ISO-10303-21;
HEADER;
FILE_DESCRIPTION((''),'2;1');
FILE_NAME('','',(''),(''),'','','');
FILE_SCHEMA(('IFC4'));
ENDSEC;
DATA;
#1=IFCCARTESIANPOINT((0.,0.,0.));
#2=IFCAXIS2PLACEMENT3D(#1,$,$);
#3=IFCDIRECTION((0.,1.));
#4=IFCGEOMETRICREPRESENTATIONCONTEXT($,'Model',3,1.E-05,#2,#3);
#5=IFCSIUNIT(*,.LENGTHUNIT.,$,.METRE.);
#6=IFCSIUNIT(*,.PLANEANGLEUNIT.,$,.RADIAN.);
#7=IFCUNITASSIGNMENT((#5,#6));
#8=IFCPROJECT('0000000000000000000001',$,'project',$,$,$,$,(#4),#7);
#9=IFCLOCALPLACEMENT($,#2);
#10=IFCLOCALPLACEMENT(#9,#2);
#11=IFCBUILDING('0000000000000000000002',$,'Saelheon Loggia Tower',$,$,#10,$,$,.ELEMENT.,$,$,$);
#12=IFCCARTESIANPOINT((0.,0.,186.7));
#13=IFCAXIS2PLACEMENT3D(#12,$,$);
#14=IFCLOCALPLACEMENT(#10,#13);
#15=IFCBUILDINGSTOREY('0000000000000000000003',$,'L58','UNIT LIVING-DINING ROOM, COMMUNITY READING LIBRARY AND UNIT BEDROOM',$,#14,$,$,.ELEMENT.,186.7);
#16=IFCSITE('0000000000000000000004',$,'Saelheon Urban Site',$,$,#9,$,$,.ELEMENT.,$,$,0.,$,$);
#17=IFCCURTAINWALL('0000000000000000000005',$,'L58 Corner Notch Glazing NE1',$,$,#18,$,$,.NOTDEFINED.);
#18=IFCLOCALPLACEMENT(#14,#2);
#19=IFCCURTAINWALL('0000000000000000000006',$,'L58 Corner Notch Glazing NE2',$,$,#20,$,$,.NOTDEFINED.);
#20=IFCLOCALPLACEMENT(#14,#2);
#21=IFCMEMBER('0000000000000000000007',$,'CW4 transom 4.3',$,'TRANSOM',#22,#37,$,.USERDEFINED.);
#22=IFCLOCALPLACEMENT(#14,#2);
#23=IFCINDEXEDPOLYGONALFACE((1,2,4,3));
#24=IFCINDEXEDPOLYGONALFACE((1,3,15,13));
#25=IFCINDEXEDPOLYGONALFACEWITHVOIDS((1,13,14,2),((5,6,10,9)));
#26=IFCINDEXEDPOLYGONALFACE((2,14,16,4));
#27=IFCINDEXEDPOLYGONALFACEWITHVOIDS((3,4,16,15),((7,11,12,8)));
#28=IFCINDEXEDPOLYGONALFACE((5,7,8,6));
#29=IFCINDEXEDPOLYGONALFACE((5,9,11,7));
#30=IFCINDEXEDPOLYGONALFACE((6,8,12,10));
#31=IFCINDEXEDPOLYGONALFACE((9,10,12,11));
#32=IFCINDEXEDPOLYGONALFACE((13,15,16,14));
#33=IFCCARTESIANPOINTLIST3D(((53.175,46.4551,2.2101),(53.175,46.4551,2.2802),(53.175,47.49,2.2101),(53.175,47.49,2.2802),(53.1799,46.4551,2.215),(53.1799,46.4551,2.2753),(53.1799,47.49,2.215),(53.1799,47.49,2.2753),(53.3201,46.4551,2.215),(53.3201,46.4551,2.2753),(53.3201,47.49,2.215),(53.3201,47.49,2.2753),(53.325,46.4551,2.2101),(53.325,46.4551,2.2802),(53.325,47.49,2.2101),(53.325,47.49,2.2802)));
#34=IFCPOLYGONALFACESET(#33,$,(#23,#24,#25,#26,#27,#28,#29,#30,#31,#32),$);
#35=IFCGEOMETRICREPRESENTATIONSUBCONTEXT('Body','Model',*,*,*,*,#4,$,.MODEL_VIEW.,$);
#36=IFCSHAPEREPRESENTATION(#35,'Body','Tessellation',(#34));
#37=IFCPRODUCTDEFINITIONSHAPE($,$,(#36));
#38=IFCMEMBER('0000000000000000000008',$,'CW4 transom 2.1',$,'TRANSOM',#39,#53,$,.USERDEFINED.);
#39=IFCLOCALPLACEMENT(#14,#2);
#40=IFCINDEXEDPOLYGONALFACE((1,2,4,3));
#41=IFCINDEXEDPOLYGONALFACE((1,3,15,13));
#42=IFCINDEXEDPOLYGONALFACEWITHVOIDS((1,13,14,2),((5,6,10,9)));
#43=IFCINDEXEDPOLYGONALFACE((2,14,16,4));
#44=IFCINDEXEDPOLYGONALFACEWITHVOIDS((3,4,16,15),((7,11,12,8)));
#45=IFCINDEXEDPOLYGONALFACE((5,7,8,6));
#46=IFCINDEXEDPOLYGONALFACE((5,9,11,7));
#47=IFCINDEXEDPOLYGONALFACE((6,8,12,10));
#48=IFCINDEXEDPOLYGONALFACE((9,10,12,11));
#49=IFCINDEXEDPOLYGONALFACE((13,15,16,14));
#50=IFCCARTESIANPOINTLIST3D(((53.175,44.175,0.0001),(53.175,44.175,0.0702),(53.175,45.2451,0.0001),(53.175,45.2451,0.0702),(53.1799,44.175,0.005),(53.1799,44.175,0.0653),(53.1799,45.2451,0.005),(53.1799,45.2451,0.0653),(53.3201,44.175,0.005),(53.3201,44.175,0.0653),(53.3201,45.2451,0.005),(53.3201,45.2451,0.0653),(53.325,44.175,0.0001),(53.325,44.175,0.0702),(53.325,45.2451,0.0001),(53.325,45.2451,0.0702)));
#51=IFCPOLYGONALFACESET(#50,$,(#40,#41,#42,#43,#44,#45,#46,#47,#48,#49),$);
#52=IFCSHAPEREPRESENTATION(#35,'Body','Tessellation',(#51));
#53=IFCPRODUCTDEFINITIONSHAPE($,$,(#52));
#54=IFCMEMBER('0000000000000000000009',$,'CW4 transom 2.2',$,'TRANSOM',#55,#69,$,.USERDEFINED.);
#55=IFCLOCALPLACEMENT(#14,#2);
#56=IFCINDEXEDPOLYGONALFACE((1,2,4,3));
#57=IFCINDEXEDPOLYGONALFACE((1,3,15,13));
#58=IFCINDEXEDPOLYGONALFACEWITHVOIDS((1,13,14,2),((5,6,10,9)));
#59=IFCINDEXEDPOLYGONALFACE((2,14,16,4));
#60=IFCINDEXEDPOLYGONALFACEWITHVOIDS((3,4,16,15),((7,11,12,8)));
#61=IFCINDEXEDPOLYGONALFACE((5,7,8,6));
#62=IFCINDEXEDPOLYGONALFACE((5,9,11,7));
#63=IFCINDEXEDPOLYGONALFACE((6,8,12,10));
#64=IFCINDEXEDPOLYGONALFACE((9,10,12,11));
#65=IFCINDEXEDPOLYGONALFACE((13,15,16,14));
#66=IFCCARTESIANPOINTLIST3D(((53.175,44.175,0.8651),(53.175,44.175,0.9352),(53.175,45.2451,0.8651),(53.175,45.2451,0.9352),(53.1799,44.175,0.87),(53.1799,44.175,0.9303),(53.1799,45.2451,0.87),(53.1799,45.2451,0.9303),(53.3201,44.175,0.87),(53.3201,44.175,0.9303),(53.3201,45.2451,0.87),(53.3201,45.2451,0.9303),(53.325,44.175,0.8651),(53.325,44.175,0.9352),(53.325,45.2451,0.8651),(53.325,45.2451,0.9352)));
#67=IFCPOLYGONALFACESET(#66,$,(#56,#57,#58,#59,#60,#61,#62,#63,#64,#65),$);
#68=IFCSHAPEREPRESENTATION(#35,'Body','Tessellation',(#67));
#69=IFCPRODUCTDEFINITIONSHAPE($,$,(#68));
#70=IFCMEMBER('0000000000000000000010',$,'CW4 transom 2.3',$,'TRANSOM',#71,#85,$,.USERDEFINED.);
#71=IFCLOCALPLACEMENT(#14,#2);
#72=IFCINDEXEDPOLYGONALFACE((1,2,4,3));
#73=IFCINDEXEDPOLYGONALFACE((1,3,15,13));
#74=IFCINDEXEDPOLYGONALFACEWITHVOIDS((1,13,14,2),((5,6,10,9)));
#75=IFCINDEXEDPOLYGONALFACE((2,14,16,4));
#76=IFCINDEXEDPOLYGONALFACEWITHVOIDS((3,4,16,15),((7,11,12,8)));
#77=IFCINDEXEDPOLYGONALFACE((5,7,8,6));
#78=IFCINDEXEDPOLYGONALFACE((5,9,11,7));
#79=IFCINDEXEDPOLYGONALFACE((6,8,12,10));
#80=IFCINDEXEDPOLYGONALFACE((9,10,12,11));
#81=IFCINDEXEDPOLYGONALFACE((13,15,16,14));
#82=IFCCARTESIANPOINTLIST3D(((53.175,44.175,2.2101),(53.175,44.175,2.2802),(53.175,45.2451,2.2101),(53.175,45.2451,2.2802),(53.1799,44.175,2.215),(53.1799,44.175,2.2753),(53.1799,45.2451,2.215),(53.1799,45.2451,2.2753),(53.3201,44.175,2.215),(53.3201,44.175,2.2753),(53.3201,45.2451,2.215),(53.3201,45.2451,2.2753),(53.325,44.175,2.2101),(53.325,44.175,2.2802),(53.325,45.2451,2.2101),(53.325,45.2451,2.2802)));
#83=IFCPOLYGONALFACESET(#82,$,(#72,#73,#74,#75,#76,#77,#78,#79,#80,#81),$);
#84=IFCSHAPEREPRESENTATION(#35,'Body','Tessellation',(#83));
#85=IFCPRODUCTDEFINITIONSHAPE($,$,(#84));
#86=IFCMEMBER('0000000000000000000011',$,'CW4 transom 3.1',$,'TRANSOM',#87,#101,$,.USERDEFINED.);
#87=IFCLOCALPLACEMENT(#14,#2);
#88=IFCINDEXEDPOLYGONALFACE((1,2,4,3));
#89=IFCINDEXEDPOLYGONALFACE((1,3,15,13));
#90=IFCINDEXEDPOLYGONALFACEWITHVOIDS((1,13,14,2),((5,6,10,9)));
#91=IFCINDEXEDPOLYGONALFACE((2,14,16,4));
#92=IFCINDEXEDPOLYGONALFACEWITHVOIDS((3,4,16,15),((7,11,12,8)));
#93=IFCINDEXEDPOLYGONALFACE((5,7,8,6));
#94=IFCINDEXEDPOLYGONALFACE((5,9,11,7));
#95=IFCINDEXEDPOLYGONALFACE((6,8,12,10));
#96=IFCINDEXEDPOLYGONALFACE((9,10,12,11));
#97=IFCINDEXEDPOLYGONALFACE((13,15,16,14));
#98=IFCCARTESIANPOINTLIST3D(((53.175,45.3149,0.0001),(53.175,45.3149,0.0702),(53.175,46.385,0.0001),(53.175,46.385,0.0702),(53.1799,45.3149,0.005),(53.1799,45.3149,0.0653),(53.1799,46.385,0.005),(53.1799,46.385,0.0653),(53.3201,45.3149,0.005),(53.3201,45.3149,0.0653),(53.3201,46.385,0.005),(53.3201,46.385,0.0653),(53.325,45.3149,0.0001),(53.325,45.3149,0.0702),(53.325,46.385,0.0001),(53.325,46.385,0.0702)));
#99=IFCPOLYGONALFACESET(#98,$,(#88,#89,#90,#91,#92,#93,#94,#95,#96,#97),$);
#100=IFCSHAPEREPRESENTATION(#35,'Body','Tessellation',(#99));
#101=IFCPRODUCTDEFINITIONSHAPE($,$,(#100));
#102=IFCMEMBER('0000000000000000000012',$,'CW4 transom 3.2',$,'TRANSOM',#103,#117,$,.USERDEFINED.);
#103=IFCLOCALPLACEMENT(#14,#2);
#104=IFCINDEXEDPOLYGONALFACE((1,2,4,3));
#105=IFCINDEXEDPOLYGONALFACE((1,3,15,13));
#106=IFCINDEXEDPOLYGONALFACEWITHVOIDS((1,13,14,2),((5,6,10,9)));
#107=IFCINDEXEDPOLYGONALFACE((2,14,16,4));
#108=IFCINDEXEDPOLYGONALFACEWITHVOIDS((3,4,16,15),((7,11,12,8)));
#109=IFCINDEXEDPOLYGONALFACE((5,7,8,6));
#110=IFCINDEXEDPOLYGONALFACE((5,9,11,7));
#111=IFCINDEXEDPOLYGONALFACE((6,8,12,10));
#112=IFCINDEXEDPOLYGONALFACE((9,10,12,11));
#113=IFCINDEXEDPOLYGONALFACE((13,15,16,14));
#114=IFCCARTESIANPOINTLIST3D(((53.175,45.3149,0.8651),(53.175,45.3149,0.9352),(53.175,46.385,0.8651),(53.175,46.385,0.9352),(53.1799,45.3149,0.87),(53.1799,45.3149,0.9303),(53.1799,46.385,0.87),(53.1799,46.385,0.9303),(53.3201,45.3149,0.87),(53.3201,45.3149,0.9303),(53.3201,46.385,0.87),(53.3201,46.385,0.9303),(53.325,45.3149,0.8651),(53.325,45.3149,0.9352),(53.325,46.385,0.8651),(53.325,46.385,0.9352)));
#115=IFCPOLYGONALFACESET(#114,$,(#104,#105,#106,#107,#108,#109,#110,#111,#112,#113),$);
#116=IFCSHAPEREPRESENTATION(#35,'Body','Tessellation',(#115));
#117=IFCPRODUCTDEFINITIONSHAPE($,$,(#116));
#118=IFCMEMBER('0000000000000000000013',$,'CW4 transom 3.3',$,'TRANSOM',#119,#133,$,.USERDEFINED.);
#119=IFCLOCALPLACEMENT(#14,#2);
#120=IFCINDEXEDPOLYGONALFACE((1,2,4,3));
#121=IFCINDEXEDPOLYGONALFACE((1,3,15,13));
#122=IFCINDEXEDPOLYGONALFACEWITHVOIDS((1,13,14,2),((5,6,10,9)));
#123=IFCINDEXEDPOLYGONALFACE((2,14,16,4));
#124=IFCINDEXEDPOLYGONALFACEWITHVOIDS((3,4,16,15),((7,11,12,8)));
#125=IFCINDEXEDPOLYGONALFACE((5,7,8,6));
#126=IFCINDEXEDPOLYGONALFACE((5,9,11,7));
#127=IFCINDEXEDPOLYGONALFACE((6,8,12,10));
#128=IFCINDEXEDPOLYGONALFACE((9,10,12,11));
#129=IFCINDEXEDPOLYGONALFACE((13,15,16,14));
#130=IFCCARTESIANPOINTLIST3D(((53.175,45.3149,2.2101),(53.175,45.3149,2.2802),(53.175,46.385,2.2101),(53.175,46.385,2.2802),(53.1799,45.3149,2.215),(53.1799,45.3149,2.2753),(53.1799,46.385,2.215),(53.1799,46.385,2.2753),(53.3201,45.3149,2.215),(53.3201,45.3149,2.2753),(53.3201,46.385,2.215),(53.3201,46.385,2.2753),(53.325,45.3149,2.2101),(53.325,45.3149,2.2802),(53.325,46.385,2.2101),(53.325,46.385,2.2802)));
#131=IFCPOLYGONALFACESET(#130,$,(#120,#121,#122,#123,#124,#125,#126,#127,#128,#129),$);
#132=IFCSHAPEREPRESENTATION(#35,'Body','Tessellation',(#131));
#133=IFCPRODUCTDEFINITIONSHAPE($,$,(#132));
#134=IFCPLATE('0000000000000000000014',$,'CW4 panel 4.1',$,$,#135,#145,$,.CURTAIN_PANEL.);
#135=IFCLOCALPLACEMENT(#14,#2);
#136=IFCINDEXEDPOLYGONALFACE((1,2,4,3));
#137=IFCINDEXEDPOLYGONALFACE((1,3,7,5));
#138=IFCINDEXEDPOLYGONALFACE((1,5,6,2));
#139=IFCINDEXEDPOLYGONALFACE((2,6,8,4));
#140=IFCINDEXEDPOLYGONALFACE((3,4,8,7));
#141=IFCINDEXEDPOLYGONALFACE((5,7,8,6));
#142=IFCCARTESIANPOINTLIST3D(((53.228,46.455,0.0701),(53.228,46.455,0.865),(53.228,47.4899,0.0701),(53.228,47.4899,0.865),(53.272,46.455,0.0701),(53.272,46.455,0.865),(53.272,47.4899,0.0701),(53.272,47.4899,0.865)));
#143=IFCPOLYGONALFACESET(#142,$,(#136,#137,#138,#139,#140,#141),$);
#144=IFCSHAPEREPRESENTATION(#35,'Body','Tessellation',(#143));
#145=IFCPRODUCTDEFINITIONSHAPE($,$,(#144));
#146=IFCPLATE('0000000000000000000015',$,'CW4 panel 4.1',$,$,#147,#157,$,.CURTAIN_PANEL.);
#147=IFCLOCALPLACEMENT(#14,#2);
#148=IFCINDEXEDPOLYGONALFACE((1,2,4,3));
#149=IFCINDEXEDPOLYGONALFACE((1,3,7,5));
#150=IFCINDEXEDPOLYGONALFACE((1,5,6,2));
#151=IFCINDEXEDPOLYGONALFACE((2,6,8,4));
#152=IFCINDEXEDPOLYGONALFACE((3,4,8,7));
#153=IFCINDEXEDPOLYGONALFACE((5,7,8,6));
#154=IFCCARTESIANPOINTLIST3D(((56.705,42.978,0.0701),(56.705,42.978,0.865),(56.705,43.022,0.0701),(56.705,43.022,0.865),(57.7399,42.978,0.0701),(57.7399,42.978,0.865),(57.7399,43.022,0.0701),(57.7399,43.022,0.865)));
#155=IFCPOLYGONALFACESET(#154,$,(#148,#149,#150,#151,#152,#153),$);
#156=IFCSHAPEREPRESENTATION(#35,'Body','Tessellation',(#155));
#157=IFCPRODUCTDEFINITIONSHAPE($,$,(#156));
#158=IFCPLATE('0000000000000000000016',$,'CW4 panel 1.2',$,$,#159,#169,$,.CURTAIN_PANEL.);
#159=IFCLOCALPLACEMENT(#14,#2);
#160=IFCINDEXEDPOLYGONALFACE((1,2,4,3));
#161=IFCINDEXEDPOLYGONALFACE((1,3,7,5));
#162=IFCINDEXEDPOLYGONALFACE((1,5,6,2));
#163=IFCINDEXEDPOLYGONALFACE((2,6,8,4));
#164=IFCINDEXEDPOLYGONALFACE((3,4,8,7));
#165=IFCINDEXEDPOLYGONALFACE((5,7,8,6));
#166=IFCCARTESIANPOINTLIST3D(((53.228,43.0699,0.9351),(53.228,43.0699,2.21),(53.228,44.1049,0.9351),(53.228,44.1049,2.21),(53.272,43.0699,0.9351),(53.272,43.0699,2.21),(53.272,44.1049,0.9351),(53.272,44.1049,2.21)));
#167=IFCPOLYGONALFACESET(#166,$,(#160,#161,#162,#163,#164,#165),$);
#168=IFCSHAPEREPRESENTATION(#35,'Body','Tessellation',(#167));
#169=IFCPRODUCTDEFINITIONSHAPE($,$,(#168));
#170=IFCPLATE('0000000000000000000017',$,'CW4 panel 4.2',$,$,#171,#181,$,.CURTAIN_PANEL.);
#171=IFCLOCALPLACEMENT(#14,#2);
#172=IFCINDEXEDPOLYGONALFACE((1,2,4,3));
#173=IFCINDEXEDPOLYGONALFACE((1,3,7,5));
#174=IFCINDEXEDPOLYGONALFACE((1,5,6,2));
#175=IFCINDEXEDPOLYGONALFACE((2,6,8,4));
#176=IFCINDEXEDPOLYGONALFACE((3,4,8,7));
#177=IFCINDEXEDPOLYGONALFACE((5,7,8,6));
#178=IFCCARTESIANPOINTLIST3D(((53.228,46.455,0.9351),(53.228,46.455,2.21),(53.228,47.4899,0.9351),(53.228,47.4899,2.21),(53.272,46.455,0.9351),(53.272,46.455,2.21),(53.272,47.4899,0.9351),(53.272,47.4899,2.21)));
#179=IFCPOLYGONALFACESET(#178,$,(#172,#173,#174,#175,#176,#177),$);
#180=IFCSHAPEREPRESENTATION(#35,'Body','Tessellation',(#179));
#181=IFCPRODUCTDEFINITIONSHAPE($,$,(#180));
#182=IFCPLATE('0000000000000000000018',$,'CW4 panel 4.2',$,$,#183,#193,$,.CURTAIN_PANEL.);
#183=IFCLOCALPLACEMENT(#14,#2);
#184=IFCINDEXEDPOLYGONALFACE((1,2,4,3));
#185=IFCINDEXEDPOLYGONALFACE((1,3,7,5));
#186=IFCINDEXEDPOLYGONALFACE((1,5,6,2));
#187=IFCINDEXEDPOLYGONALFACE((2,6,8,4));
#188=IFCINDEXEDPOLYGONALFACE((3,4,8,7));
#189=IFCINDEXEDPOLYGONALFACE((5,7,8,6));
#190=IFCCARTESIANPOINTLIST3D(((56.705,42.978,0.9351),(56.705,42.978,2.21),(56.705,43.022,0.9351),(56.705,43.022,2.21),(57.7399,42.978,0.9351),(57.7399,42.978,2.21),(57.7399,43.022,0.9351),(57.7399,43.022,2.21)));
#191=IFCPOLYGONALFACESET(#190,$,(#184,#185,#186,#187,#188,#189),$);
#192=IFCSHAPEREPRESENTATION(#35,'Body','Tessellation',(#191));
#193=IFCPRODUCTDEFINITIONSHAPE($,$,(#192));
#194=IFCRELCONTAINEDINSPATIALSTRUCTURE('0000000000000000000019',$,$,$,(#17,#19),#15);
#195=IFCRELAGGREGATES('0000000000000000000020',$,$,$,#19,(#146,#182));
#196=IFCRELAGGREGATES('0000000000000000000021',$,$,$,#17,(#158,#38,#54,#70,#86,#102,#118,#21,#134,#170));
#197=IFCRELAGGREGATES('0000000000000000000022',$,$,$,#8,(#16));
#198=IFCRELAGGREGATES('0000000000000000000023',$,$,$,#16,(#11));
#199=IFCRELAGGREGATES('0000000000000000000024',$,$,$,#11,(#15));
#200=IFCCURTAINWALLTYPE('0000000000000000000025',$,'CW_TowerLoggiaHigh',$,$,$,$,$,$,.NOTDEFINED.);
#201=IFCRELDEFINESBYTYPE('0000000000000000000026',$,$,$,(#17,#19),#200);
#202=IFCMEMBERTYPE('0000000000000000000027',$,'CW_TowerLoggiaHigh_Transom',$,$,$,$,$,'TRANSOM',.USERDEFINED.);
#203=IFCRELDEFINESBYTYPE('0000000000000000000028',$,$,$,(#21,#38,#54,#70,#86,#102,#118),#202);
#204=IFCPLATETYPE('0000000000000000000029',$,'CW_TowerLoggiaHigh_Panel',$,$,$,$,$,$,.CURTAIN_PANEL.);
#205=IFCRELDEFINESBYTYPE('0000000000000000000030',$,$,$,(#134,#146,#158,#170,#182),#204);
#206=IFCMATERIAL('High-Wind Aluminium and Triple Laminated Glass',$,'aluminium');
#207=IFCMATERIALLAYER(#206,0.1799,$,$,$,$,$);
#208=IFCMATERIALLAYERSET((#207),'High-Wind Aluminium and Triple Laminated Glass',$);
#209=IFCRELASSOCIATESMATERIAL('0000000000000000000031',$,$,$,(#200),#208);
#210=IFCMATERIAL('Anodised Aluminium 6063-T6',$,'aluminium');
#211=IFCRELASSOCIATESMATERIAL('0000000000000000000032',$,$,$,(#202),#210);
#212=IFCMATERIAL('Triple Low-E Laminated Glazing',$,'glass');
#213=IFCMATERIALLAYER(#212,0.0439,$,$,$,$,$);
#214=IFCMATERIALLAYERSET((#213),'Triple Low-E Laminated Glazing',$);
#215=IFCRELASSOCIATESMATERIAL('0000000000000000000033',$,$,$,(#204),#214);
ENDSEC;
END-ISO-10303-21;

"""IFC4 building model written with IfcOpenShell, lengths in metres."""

from ifc_helpers import new_model, si_unit, direction, frame, origin, origin_2d, place, context, subcontext, project, spatial, rectangle, hollow_rectangle, extrude, source, transform, mapped, material, layer, layer_set, material_profile, profile_set, type_object, element, aggregate, save


model = new_model("IFC4")

# Units and contexts
model_context = context("Model", 3, precision=1e-05, world=origin(), true_north=direction((0.0, 1.0)))
body_context = subcontext(model_context, "Body", "Model", "MODEL_VIEW")
ifc_project = project(units=[si_unit("LENGTHUNIT", "METRE"), si_unit("PLANEANGLEUNIT", "RADIAN")], contexts=[model_context])

# Site, building, storey
site_placement = place(None, origin())
site = spatial("IfcSite", under=ifc_project, at=site_placement, Name="Saelheon Urban Site", CompositionType="ELEMENT", RefElevation=0.0)
building_placement = place(site_placement, origin())
building = spatial("IfcBuilding", under=site, at=building_placement, Name="Saelheon Loggia Tower", CompositionType="ELEMENT")
storey_placement = place(building_placement, frame((0.0, 0.0, 186.7)))
storey = spatial("IfcBuildingStorey", under=building, at=storey_placement, Name="L58", Description="UNIT LIVING-DINING ROOM, COMMUNITY READING LIBRARY AND UNIT BEDROOM", CompositionType="ELEMENT", Elevation=186.7)

# Curtain wall
ifc_material_1 = material(Name="High-Wind Aluminium and Triple Laminated Glass", Category="aluminium")
ifc_layer_1 = layer(ifc_material_1, 0.1799)
ifc_layer_set_1 = layer_set([ifc_layer_1], Name="High-Wind Aluminium and Triple Laminated Glass")
curtain_wall_type = type_object("IfcCurtainWallType", Name="CW_TowerLoggiaHigh", PredefinedType="NOTDEFINED", material=ifc_layer_set_1)
curtain_wall_1_placement = place(storey_placement, origin())
curtain_wall_1 = element("IfcCurtainWall", 1, at=curtain_wall_1_placement, inside=storey, type_object=curtain_wall_type, Name="L58 Corner Notch Glazing NE1", PredefinedType="NOTDEFINED")
ifc_material_2 = material(Name="Anodised Aluminium 6063-T6", Category="aluminium")

# Curtain wall
curtain_wall_2_placement = place(storey_placement, origin())
curtain_wall_2 = element("IfcCurtainWall", 2, at=curtain_wall_2_placement, inside=storey, type_object=curtain_wall_type, Name="L58 Corner Notch Glazing NE2", PredefinedType="NOTDEFINED")

# Members
ifc_material_profile_1 = material_profile(ifc_material_2, hollow_rectangle(XDim=0.0701, YDim=0.1499, WallThickness=0.0049, at=origin_2d()), Name="RHS-150x70x5")
ifc_profile_set_1 = profile_set([ifc_material_profile_1], Name="Anodised Aluminium 6063-T6")
member_type_1 = type_object("IfcMemberType", Name="CW_TowerLoggiaHigh_Transom", ElementType="TRANSOM", PredefinedType="USERDEFINED", material=ifc_profile_set_1)
shared_shape_1 = source(origin(), body_context, "Body", "SweptSolid", [
    extrude(hollow_rectangle(XDim=0.0701, YDim=0.1499, WallThickness=0.0049, at=origin_2d()), origin(), (0.0, 0.0, 1.0), 1.0349),
])
member_1_placement = place(storey_placement, frame((53.25, 46.4551, 2.2451), z_axis=(0.0, 1.0, 0.0), x_axis=(0.0, 0.0, 1.0)))
member_1 = element("IfcMember", 3, at=member_1_placement, type_object=member_type_1, Name="CW4 transom 4.3", ObjectType="TRANSOM", PredefinedType="USERDEFINED", context=body_context, shape_type="MappedRepresentation", body=[
    mapped(shared_shape_1, transform((0.0, 0.0, 0.0), scale=1.0)),
])
shared_shape_2 = source(origin(), body_context, "Body", "SweptSolid", [
    extrude(hollow_rectangle(XDim=0.0701, YDim=0.1499, WallThickness=0.0049, at=origin_2d()), origin(), (0.0, 0.0, 1.0), 1.0701),
])
member_2_placement = place(storey_placement, frame((53.25, 44.175, 0.0352), z_axis=(0.0, 1.0, 0.0), x_axis=(0.0, 0.0, 1.0)))
member_2 = element("IfcMember", 4, at=member_2_placement, type_object=member_type_1, Name="CW4 transom 2.1", ObjectType="TRANSOM", PredefinedType="USERDEFINED", context=body_context, shape_type="MappedRepresentation", body=[
    mapped(shared_shape_2, transform((0.0, 0.0, 0.0), scale=1.0)),
])
member_3_placement = place(storey_placement, frame((53.25, 44.175, 0.9001), z_axis=(0.0, 1.0, 0.0), x_axis=(0.0, 0.0, 1.0)))
member_3 = element("IfcMember", 5, at=member_3_placement, type_object=member_type_1, Name="CW4 transom 2.2", ObjectType="TRANSOM", PredefinedType="USERDEFINED", context=body_context, shape_type="MappedRepresentation", body=[
    mapped(shared_shape_2, transform((0.0, 0.0, 0.0), scale=1.0)),
])
member_4_placement = place(storey_placement, frame((53.25, 44.175, 2.2451), z_axis=(0.0, 1.0, 0.0), x_axis=(0.0, 0.0, 1.0)))
member_4 = element("IfcMember", 6, at=member_4_placement, type_object=member_type_1, Name="CW4 transom 2.3", ObjectType="TRANSOM", PredefinedType="USERDEFINED", context=body_context, shape_type="MappedRepresentation", body=[
    mapped(shared_shape_2, transform((0.0, 0.0, 0.0), scale=1.0)),
])
member_5_placement = place(storey_placement, frame((53.25, 45.3149, 0.0352), z_axis=(0.0, 1.0, 0.0), x_axis=(0.0, 0.0, 1.0)))
member_5 = element("IfcMember", 7, at=member_5_placement, type_object=member_type_1, Name="CW4 transom 3.1", ObjectType="TRANSOM", PredefinedType="USERDEFINED", context=body_context, shape_type="MappedRepresentation", body=[
    mapped(shared_shape_2, transform((0.0, 0.0, 0.0), scale=1.0)),
])
member_6_placement = place(storey_placement, frame((53.25, 45.3149, 0.9001), z_axis=(0.0, 1.0, 0.0), x_axis=(0.0, 0.0, 1.0)))
member_6 = element("IfcMember", 8, at=member_6_placement, type_object=member_type_1, Name="CW4 transom 3.2", ObjectType="TRANSOM", PredefinedType="USERDEFINED", context=body_context, shape_type="MappedRepresentation", body=[
    mapped(shared_shape_2, transform((0.0, 0.0, 0.0), scale=1.0)),
])
member_7_placement = place(storey_placement, frame((53.25, 45.3149, 2.2451), z_axis=(0.0, 1.0, 0.0), x_axis=(0.0, 0.0, 1.0)))
member_7 = element("IfcMember", 9, at=member_7_placement, type_object=member_type_1, Name="CW4 transom 3.3", ObjectType="TRANSOM", PredefinedType="USERDEFINED", context=body_context, shape_type="MappedRepresentation", body=[
    mapped(shared_shape_2, transform((0.0, 0.0, 0.0), scale=1.0)),
])

# Plates
ifc_material_3 = material(Name="Triple Low-E Laminated Glazing", Category="glass")
ifc_layer_2 = layer(ifc_material_3, 0.0439)
ifc_layer_set_2 = layer_set([ifc_layer_2], Name="Triple Low-E Laminated Glazing")
plate_type = type_object("IfcPlateType", Name="CW_TowerLoggiaHigh_Panel", PredefinedType="CURTAIN_PANEL", material=ifc_layer_set_2)
shared_shape_3 = source(origin(), body_context, "Body", "SweptSolid", [
    extrude(rectangle(XDim=1.0349, YDim=0.0439, at=origin_2d()), origin(), (0.0, 0.0, 1.0), 0.7949),
])
plate_1_placement = place(storey_placement, frame((53.25, 46.9724, 0.0701), z_axis=(0.0, 0.0, 1.0), x_axis=(0.0, 1.0, 0.0)))
plate_1 = element("IfcPlate", 10, at=plate_1_placement, type_object=plate_type, Name="CW4 panel 4.1", PredefinedType="CURTAIN_PANEL", context=body_context, shape_type="MappedRepresentation", body=[
    mapped(shared_shape_3, transform((0.0, 0.0, 0.0), scale=1.0)),
])
plate_2_placement = place(storey_placement, frame((57.2224, 43.0, 0.0701), z_axis=(0.0, 0.0, 1.0), x_axis=(1.0, 0.0, 0.0)))
plate_2 = element("IfcPlate", 11, at=plate_2_placement, type_object=plate_type, Name="CW4 panel 4.1", PredefinedType="CURTAIN_PANEL", context=body_context, shape_type="MappedRepresentation", body=[
    mapped(shared_shape_3, transform((0.0, 0.0, 0.0), scale=1.0)),
])
shared_shape_4 = source(origin(), body_context, "Body", "SweptSolid", [
    extrude(rectangle(XDim=1.0349, YDim=0.0439, at=origin_2d()), origin(), (0.0, 0.0, 1.0), 1.2749),
])
plate_3_placement = place(storey_placement, frame((53.25, 43.5874, 0.9351), z_axis=(0.0, 0.0, 1.0), x_axis=(0.0, 1.0, 0.0)))
plate_3 = element("IfcPlate", 12, at=plate_3_placement, type_object=plate_type, Name="CW4 panel 1.2", PredefinedType="CURTAIN_PANEL", context=body_context, shape_type="MappedRepresentation", body=[
    mapped(shared_shape_4, transform((0.0, 0.0, 0.0), scale=1.0)),
])
plate_4_placement = place(storey_placement, frame((53.25, 46.9724, 0.9351), z_axis=(0.0, 0.0, 1.0), x_axis=(0.0, 1.0, 0.0)))
plate_4 = element("IfcPlate", 13, at=plate_4_placement, type_object=plate_type, Name="CW4 panel 4.2", PredefinedType="CURTAIN_PANEL", context=body_context, shape_type="MappedRepresentation", body=[
    mapped(shared_shape_4, transform((0.0, 0.0, 0.0), scale=1.0)),
])
plate_5_placement = place(storey_placement, frame((57.2224, 43.0, 0.9351), z_axis=(0.0, 0.0, 1.0), x_axis=(1.0, 0.0, 0.0)))
plate_5 = element("IfcPlate", 14, at=plate_5_placement, type_object=plate_type, Name="CW4 panel 4.2", PredefinedType="CURTAIN_PANEL", context=body_context, shape_type="MappedRepresentation", body=[
    mapped(shared_shape_4, transform((0.0, 0.0, 0.0), scale=1.0)),
])
aggregate(curtain_wall_2, [plate_2, plate_5])
aggregate(curtain_wall_1, [plate_3, member_2, member_3, member_4, member_5, member_6, member_7, member_1, plate_1, plate_4])

save(model, "model.ifc")
